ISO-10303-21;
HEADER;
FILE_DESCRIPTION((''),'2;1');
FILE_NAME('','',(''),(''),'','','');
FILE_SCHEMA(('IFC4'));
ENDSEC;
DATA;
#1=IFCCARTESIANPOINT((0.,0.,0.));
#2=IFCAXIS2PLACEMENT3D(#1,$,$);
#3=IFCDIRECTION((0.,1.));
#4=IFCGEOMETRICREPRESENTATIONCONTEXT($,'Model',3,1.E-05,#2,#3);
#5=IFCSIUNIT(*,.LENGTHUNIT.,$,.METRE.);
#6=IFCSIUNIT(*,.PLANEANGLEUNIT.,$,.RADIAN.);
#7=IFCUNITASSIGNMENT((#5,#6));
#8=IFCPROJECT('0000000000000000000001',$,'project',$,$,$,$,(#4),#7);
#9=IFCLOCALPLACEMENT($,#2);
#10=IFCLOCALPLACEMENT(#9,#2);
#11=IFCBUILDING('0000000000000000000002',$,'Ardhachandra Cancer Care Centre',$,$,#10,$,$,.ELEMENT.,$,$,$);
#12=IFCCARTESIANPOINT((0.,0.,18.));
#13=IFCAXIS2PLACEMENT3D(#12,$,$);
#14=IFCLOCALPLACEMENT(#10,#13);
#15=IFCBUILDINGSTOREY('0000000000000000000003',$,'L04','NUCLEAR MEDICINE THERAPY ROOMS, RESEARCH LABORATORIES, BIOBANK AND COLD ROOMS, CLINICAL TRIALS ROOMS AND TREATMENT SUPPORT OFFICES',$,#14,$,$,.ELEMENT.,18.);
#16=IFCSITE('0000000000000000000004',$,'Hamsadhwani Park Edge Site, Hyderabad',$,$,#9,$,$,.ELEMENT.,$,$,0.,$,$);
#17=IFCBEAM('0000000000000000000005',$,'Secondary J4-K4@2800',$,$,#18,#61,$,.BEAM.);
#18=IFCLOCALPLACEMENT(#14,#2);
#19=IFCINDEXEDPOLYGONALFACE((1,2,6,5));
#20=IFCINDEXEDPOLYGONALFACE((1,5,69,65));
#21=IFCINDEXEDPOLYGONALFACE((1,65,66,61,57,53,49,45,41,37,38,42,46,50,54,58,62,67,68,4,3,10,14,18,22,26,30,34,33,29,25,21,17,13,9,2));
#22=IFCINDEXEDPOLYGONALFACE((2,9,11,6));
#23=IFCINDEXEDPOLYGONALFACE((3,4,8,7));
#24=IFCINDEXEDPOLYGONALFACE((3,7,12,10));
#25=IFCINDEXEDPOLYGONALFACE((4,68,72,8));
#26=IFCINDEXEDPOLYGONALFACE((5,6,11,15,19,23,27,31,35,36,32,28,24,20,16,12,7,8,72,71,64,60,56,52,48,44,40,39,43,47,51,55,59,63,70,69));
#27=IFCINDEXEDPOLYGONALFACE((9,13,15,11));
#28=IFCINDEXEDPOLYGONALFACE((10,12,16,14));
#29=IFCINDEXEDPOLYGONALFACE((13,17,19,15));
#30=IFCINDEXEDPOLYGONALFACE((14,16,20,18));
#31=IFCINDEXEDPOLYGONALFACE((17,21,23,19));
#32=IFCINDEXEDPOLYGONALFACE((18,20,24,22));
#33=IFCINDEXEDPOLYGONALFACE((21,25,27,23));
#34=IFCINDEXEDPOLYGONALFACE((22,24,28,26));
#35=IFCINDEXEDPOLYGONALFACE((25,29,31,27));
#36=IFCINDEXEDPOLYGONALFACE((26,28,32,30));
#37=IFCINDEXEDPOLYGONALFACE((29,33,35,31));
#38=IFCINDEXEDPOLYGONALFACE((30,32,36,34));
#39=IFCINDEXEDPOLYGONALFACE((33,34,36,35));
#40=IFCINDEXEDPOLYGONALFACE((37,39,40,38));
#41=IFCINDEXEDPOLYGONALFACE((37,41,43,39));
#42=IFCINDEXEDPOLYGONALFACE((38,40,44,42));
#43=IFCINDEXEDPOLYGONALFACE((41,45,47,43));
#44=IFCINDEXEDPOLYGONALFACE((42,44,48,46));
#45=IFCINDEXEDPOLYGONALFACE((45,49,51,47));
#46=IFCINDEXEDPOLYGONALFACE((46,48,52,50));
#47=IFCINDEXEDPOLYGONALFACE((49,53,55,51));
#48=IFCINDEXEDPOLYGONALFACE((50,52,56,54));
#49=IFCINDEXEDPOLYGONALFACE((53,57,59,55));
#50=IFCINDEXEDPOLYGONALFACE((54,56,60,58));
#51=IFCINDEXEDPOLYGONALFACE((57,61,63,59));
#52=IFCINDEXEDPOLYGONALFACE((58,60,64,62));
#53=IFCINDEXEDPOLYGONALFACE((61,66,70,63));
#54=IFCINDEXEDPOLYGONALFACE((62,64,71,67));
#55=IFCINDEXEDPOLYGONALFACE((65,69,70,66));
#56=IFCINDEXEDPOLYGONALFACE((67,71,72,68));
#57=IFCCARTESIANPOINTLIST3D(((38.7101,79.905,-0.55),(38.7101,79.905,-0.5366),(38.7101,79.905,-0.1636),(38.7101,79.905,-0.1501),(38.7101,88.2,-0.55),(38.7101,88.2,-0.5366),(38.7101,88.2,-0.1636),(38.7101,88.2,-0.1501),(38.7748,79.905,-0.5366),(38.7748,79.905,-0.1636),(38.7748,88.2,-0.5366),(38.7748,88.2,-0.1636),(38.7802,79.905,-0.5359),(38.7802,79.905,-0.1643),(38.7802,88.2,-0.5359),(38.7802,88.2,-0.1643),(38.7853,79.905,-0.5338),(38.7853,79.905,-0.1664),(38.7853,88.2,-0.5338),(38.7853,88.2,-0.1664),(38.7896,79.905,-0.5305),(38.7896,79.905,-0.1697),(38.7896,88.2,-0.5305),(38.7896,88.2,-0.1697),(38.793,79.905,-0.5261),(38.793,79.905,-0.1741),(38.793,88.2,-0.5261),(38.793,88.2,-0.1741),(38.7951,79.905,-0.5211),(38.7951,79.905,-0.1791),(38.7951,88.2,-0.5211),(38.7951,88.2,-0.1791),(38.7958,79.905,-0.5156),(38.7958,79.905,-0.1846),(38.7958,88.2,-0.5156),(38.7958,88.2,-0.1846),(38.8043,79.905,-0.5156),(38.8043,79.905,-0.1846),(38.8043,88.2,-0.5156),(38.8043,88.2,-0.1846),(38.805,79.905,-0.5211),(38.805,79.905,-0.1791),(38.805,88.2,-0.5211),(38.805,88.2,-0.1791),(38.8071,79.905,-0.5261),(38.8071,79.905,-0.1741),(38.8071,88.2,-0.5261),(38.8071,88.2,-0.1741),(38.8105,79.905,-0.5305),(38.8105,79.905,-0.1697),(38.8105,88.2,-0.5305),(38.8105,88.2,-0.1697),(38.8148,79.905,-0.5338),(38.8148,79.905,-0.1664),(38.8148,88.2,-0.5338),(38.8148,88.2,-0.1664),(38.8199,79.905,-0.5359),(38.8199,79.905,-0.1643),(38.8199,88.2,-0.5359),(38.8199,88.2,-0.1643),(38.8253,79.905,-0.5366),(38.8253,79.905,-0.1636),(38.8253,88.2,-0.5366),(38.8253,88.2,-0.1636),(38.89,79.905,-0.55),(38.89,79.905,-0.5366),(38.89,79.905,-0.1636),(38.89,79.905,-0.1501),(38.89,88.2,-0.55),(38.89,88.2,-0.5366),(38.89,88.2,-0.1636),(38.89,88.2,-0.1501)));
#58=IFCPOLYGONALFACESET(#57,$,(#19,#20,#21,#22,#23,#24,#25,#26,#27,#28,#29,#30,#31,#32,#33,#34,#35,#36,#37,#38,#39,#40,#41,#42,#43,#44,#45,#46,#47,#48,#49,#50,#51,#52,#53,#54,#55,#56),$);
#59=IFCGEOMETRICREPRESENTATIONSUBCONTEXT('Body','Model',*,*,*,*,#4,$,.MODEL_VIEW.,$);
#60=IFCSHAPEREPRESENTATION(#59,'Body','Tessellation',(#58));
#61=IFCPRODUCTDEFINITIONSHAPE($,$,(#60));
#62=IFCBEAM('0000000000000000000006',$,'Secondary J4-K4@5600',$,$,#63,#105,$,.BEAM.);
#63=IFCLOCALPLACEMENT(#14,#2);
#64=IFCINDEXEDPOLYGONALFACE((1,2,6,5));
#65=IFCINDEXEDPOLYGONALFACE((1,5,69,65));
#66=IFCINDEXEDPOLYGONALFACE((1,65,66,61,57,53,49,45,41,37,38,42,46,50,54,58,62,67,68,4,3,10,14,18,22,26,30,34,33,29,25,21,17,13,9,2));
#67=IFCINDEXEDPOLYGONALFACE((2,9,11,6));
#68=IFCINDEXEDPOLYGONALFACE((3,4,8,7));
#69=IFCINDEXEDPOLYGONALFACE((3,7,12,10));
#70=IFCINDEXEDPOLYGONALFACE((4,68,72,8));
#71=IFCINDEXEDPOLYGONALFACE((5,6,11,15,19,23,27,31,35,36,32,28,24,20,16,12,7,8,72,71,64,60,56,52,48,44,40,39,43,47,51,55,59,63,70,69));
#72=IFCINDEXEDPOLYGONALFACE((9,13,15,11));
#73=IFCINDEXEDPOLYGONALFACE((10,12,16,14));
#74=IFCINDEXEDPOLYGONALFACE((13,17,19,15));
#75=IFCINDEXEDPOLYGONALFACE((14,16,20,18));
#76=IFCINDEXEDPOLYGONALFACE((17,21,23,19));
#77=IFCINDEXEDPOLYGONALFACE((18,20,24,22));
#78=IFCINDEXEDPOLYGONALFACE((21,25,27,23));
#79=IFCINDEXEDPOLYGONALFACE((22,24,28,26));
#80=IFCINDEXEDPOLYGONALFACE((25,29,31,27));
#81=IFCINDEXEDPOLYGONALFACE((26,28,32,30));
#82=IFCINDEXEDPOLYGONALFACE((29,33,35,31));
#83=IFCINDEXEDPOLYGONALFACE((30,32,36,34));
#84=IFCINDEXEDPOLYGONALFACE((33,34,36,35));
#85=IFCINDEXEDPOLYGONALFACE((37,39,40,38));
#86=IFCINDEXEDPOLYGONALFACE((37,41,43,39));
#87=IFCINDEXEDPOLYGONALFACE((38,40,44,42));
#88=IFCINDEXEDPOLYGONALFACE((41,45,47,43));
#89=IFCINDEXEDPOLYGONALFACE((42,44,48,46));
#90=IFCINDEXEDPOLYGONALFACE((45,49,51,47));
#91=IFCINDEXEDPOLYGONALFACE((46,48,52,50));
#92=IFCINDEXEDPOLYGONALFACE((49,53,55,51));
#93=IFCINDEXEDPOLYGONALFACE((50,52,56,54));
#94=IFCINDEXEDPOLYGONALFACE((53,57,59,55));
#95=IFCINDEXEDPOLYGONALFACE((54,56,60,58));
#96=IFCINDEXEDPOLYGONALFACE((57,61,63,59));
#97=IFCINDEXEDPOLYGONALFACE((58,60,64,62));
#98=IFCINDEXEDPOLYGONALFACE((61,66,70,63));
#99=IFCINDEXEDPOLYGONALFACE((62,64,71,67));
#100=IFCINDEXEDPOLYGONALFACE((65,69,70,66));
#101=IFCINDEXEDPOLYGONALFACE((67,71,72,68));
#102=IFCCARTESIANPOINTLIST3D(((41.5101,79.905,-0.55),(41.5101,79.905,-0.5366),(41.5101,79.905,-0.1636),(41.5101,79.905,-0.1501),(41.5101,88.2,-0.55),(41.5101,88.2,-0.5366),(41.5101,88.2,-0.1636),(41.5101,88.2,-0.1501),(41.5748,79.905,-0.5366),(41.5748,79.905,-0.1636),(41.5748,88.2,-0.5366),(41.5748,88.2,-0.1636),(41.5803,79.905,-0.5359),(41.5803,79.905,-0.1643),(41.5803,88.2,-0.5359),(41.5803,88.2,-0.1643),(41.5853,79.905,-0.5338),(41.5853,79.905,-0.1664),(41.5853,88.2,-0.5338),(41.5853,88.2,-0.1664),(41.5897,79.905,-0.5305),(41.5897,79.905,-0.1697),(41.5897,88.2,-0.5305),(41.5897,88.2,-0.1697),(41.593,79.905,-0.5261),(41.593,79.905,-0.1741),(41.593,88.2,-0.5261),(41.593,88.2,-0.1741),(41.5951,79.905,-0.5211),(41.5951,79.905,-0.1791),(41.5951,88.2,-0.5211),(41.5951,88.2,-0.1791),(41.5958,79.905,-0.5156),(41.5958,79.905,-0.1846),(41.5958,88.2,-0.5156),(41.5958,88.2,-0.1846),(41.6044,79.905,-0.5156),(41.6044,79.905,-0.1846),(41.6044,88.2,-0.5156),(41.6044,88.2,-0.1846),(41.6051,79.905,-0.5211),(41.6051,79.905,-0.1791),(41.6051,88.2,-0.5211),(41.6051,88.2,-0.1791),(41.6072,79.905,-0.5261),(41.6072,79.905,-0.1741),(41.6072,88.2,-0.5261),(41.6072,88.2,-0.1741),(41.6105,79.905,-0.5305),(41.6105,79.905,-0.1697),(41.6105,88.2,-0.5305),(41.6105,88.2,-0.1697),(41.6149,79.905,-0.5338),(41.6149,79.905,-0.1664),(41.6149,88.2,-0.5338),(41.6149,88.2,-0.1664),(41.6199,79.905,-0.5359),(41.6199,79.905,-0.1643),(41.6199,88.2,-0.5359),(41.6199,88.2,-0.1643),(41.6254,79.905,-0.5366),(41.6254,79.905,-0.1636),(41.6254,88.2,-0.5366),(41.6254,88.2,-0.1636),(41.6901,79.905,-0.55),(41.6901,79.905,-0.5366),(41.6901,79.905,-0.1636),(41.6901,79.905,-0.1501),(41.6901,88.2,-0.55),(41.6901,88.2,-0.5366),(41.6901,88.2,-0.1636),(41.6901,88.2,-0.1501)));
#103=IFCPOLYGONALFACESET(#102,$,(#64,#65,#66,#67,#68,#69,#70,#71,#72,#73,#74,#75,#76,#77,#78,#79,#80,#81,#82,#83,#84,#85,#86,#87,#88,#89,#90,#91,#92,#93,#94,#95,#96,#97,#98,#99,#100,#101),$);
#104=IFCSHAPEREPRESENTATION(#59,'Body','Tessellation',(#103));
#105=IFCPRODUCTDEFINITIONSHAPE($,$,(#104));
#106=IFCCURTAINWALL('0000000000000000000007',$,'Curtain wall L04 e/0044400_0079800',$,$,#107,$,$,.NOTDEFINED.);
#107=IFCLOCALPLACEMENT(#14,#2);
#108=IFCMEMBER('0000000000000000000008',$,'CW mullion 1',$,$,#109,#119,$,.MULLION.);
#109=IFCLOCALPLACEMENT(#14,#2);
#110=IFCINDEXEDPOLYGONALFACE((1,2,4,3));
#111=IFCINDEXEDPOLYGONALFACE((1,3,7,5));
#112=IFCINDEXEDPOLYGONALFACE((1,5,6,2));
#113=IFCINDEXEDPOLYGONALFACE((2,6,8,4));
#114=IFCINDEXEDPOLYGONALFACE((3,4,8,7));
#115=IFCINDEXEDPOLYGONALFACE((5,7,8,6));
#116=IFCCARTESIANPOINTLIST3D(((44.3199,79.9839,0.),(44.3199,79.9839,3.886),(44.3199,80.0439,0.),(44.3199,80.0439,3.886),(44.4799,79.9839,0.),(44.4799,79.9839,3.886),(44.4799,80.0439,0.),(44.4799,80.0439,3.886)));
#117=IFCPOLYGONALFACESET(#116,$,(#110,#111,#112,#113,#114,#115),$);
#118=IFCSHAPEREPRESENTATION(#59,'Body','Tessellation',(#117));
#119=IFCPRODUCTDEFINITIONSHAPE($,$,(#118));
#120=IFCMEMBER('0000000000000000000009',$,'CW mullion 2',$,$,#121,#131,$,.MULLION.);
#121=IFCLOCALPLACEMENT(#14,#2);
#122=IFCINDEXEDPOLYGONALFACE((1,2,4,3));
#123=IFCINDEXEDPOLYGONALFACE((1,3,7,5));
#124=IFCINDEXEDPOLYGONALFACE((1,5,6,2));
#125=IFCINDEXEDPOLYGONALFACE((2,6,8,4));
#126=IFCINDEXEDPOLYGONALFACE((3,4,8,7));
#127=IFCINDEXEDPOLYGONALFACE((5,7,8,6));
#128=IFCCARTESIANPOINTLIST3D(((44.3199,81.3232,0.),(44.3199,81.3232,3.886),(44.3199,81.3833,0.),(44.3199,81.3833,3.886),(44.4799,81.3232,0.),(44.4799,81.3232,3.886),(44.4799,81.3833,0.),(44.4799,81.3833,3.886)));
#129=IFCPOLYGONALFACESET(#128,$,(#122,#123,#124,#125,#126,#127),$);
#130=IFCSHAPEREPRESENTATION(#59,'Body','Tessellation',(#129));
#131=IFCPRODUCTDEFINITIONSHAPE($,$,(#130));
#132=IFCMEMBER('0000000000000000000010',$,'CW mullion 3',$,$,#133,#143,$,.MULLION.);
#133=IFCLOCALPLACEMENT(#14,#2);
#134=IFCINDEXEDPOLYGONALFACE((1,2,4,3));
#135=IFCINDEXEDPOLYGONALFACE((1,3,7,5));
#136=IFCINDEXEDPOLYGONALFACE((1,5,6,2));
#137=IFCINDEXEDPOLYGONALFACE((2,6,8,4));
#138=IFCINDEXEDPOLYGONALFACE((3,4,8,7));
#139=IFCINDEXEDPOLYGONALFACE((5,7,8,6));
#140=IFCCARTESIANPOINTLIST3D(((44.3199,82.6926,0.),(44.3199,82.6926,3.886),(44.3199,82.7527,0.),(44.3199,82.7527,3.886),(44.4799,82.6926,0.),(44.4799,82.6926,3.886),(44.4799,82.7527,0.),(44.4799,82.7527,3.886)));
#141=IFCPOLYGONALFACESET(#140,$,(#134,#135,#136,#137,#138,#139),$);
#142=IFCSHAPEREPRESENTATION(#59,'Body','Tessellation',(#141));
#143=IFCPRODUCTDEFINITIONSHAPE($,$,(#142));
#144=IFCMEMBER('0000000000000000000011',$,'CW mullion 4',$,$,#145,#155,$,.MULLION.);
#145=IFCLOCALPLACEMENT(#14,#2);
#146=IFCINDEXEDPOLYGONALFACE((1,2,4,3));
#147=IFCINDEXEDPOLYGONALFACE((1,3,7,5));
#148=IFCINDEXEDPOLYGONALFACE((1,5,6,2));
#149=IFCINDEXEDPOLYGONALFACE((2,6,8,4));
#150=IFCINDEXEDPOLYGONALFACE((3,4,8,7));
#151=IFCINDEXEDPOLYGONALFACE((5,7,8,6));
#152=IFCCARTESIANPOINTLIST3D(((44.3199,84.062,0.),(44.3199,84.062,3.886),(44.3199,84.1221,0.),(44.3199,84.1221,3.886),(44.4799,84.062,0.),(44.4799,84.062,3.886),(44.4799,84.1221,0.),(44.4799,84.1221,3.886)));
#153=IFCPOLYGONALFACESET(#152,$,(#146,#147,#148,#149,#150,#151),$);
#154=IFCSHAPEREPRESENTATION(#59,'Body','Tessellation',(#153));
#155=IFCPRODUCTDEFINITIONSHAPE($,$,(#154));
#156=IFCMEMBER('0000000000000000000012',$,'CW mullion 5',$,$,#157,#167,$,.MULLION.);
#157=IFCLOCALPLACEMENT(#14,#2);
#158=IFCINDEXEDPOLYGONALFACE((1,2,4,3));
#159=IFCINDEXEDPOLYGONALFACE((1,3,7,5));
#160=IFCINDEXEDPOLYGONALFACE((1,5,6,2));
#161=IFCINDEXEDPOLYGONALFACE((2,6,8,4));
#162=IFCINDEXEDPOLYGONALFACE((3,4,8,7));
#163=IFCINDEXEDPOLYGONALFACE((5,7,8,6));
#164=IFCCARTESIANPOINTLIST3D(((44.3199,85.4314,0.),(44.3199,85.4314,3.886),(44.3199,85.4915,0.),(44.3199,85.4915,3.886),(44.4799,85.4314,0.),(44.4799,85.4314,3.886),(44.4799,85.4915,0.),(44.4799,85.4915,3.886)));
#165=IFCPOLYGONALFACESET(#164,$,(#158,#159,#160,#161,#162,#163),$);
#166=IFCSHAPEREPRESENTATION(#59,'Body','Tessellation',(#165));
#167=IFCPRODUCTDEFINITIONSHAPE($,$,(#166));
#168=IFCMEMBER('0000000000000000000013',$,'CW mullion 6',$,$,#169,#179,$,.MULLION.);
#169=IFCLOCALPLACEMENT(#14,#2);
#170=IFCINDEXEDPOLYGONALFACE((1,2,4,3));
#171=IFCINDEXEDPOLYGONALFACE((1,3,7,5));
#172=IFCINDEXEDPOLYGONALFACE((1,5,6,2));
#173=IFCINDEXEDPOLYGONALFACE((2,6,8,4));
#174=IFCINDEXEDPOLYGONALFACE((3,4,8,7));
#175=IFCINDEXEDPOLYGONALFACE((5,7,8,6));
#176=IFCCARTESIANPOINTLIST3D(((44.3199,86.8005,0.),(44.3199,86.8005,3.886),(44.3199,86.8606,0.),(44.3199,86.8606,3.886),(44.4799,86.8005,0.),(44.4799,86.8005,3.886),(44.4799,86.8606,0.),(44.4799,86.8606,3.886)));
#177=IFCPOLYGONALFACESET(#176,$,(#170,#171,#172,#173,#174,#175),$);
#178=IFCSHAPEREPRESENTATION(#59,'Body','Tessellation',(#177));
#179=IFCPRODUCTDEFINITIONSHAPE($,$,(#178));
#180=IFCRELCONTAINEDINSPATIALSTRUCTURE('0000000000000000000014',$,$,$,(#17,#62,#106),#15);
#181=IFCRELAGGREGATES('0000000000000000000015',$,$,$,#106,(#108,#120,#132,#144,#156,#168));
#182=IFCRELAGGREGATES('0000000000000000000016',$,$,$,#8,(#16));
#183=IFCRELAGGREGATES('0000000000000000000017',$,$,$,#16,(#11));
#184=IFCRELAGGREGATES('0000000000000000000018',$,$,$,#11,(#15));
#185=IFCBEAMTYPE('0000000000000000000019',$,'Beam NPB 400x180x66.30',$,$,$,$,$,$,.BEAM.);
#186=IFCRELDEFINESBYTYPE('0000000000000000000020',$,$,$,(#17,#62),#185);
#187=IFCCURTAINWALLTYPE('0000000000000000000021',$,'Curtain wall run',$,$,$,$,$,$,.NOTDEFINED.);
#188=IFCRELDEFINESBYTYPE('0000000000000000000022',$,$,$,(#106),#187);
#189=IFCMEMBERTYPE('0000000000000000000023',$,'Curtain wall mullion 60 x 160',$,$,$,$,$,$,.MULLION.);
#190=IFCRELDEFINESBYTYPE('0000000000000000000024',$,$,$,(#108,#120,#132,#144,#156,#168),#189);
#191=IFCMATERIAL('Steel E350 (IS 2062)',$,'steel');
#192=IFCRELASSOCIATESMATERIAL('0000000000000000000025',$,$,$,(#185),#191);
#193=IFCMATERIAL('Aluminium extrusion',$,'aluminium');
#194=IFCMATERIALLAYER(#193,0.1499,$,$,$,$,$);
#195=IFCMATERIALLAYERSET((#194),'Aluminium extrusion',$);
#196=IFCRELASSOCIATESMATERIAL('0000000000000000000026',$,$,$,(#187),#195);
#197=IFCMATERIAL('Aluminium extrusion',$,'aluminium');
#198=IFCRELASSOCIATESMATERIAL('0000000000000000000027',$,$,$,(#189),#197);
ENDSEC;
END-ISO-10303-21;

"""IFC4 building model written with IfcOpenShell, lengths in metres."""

from ifc_helpers import new_model, si_unit, direction, frame, origin, origin_2d, place, context, subcontext, project, spatial, rectangle, i_section, extrude, material, layer, layer_set, material_profile, profile_set, type_object, element, aggregate, save


model = new_model("IFC4")

# Units and contexts
model_context = context("Model", 3, precision=1e-05, world=origin(), true_north=direction((0.0, 1.0)))
body_context = subcontext(model_context, "Body", "Model", "MODEL_VIEW")
ifc_project = project(units=[si_unit("LENGTHUNIT", "METRE"), si_unit("PLANEANGLEUNIT", "RADIAN")], contexts=[model_context])

# Site, building, storey
site_placement = place(None, origin())
site = spatial("IfcSite", under=ifc_project, at=site_placement, Name="Hamsadhwani Park Edge Site, Hyderabad", CompositionType="ELEMENT", RefElevation=0.0)
building_placement = place(site_placement, origin())
building = spatial("IfcBuilding", under=site, at=building_placement, Name="Ardhachandra Cancer Care Centre", CompositionType="ELEMENT")
storey_placement = place(building_placement, frame((0.0, 0.0, 18.0)))
storey = spatial("IfcBuildingStorey", under=building, at=storey_placement, Name="L04", Description="NUCLEAR MEDICINE THERAPY ROOMS, RESEARCH LABORATORIES, BIOBANK AND COLD ROOMS, CLINICAL TRIALS ROOMS AND TREATMENT SUPPORT OFFICES", CompositionType="ELEMENT", Elevation=18.0)

# Beams
ifc_material_1 = material(Name="Steel E350 (IS 2062)", Category="steel")
ifc_material_profile_1 = material_profile(ifc_material_1, i_section(OverallWidth=0.1799, OverallDepth=0.3999, WebThickness=0.0085, FlangeThickness=0.0134, FilletRadius=0.021, at=origin_2d()), Name="NPB 400x180x66.30")
ifc_profile_set_1 = profile_set([ifc_material_profile_1], Name="Steel E350 (IS 2062)")
beam_type = type_object("IfcBeamType", Name="Beam NPB 400x180x66.30", PredefinedType="BEAM", material=ifc_profile_set_1)
for number, where, z_axis, x_axis, name in (
    (1, (38.8, 79.905, -0.3501), (0.0, 1.0, 0.0), (-1.0, 0.0, 0.0), "Secondary J4-K4@2800"),
    (2, (41.6001, 79.905, -0.3501), (0.0, 1.0, 0.0), (-1.0, 0.0, 0.0), "Secondary J4-K4@5600"),
):
    element("IfcBeam", number, at=place(storey_placement, frame(where, z_axis=z_axis, x_axis=x_axis)), inside=storey, type_object=beam_type, Name=name, PredefinedType="BEAM", context=body_context, shape_type="SweptSolid", body=[
        extrude(i_section(OverallWidth=0.1799, OverallDepth=0.3999, WebThickness=0.0085, FlangeThickness=0.0134, FilletRadius=0.021, at=origin_2d()), origin(), (0.0, 0.0, 1.0), 8.2949),
    ])

# Curtain wall, members
ifc_material_2 = material(Name="Aluminium extrusion", Category="aluminium")
ifc_layer_1 = layer(ifc_material_2, 0.1499)
ifc_layer_set_1 = layer_set([ifc_layer_1], Name="Aluminium extrusion")
curtain_wall_type = type_object("IfcCurtainWallType", Name="Curtain wall run", PredefinedType="NOTDEFINED", material=ifc_layer_set_1)
curtain_wall_placement = place(storey_placement, origin())
curtain_wall = element("IfcCurtainWall", 3, at=curtain_wall_placement, inside=storey, type_object=curtain_wall_type, Name="Curtain wall L04 e/0044400_0079800", PredefinedType="NOTDEFINED")
ifc_material_3 = material(Name="Aluminium extrusion", Category="aluminium")
ifc_material_profile_2 = material_profile(ifc_material_3, rectangle(XDim=0.1599, YDim=0.0601, at=origin_2d()), Name="Curtain wall mullion 60 x 160")
ifc_profile_set_2 = profile_set([ifc_material_profile_2], Name="Aluminium extrusion")
member_type = type_object("IfcMemberType", Name="Curtain wall mullion 60 x 160", PredefinedType="MULLION", material=ifc_profile_set_2)
member_1_placement = place(storey_placement, frame((44.3999, 80.0139, 0.0), z_axis=(0.0, 0.0, 1.0), x_axis=(-1.0, 0.0, 0.0)))
member_1 = element("IfcMember", 4, at=member_1_placement, type_object=member_type, Name="CW mullion 1", PredefinedType="MULLION", context=body_context, shape_type="SweptSolid", body=[
    extrude(rectangle(XDim=0.1599, YDim=0.0601, at=origin_2d()), origin(), (0.0, 0.0, 1.0), 3.886),
])
member_2_placement = place(storey_placement, frame((44.3999, 81.3533, 0.0), z_axis=(0.0, 0.0, 1.0), x_axis=(-1.0, 0.0, 0.0)))
member_2 = element("IfcMember", 5, at=member_2_placement, type_object=member_type, Name="CW mullion 2", PredefinedType="MULLION", context=body_context, shape_type="SweptSolid", body=[
    extrude(rectangle(XDim=0.1599, YDim=0.0601, at=origin_2d()), origin(), (0.0, 0.0, 1.0), 3.886),
])
member_3_placement = place(storey_placement, frame((44.3999, 82.7227, 0.0), z_axis=(0.0, 0.0, 1.0), x_axis=(-1.0, 0.0, 0.0)))
member_3 = element("IfcMember", 6, at=member_3_placement, type_object=member_type, Name="CW mullion 3", PredefinedType="MULLION", context=body_context, shape_type="SweptSolid", body=[
    extrude(rectangle(XDim=0.1599, YDim=0.0601, at=origin_2d()), origin(), (0.0, 0.0, 1.0), 3.886),
])
member_4_placement = place(storey_placement, frame((44.3999, 84.092, 0.0), z_axis=(0.0, 0.0, 1.0), x_axis=(-1.0, 0.0, 0.0)))
member_4 = element("IfcMember", 7, at=member_4_placement, type_object=member_type, Name="CW mullion 4", PredefinedType="MULLION", context=body_context, shape_type="SweptSolid", body=[
    extrude(rectangle(XDim=0.1599, YDim=0.0601, at=origin_2d()), origin(), (0.0, 0.0, 1.0), 3.886),
])
member_5_placement = place(storey_placement, frame((44.3999, 85.4614, 0.0), z_axis=(0.0, 0.0, 1.0), x_axis=(-1.0, 0.0, 0.0)))
member_5 = element("IfcMember", 8, at=member_5_placement, type_object=member_type, Name="CW mullion 5", PredefinedType="MULLION", context=body_context, shape_type="SweptSolid", body=[
    extrude(rectangle(XDim=0.1599, YDim=0.0601, at=origin_2d()), origin(), (0.0, 0.0, 1.0), 3.886),
])
member_6_placement = place(storey_placement, frame((44.3999, 86.8306, 0.0), z_axis=(0.0, 0.0, 1.0), x_axis=(-1.0, 0.0, 0.0)))
member_6 = element("IfcMember", 9, at=member_6_placement, type_object=member_type, Name="CW mullion 6", PredefinedType="MULLION", context=body_context, shape_type="SweptSolid", body=[
    extrude(rectangle(XDim=0.1599, YDim=0.0601, at=origin_2d()), origin(), (0.0, 0.0, 1.0), 3.886),
])
aggregate(curtain_wall, [member_1, member_2, member_3, member_4, member_5, member_6])

save(model, "model.ifc")
